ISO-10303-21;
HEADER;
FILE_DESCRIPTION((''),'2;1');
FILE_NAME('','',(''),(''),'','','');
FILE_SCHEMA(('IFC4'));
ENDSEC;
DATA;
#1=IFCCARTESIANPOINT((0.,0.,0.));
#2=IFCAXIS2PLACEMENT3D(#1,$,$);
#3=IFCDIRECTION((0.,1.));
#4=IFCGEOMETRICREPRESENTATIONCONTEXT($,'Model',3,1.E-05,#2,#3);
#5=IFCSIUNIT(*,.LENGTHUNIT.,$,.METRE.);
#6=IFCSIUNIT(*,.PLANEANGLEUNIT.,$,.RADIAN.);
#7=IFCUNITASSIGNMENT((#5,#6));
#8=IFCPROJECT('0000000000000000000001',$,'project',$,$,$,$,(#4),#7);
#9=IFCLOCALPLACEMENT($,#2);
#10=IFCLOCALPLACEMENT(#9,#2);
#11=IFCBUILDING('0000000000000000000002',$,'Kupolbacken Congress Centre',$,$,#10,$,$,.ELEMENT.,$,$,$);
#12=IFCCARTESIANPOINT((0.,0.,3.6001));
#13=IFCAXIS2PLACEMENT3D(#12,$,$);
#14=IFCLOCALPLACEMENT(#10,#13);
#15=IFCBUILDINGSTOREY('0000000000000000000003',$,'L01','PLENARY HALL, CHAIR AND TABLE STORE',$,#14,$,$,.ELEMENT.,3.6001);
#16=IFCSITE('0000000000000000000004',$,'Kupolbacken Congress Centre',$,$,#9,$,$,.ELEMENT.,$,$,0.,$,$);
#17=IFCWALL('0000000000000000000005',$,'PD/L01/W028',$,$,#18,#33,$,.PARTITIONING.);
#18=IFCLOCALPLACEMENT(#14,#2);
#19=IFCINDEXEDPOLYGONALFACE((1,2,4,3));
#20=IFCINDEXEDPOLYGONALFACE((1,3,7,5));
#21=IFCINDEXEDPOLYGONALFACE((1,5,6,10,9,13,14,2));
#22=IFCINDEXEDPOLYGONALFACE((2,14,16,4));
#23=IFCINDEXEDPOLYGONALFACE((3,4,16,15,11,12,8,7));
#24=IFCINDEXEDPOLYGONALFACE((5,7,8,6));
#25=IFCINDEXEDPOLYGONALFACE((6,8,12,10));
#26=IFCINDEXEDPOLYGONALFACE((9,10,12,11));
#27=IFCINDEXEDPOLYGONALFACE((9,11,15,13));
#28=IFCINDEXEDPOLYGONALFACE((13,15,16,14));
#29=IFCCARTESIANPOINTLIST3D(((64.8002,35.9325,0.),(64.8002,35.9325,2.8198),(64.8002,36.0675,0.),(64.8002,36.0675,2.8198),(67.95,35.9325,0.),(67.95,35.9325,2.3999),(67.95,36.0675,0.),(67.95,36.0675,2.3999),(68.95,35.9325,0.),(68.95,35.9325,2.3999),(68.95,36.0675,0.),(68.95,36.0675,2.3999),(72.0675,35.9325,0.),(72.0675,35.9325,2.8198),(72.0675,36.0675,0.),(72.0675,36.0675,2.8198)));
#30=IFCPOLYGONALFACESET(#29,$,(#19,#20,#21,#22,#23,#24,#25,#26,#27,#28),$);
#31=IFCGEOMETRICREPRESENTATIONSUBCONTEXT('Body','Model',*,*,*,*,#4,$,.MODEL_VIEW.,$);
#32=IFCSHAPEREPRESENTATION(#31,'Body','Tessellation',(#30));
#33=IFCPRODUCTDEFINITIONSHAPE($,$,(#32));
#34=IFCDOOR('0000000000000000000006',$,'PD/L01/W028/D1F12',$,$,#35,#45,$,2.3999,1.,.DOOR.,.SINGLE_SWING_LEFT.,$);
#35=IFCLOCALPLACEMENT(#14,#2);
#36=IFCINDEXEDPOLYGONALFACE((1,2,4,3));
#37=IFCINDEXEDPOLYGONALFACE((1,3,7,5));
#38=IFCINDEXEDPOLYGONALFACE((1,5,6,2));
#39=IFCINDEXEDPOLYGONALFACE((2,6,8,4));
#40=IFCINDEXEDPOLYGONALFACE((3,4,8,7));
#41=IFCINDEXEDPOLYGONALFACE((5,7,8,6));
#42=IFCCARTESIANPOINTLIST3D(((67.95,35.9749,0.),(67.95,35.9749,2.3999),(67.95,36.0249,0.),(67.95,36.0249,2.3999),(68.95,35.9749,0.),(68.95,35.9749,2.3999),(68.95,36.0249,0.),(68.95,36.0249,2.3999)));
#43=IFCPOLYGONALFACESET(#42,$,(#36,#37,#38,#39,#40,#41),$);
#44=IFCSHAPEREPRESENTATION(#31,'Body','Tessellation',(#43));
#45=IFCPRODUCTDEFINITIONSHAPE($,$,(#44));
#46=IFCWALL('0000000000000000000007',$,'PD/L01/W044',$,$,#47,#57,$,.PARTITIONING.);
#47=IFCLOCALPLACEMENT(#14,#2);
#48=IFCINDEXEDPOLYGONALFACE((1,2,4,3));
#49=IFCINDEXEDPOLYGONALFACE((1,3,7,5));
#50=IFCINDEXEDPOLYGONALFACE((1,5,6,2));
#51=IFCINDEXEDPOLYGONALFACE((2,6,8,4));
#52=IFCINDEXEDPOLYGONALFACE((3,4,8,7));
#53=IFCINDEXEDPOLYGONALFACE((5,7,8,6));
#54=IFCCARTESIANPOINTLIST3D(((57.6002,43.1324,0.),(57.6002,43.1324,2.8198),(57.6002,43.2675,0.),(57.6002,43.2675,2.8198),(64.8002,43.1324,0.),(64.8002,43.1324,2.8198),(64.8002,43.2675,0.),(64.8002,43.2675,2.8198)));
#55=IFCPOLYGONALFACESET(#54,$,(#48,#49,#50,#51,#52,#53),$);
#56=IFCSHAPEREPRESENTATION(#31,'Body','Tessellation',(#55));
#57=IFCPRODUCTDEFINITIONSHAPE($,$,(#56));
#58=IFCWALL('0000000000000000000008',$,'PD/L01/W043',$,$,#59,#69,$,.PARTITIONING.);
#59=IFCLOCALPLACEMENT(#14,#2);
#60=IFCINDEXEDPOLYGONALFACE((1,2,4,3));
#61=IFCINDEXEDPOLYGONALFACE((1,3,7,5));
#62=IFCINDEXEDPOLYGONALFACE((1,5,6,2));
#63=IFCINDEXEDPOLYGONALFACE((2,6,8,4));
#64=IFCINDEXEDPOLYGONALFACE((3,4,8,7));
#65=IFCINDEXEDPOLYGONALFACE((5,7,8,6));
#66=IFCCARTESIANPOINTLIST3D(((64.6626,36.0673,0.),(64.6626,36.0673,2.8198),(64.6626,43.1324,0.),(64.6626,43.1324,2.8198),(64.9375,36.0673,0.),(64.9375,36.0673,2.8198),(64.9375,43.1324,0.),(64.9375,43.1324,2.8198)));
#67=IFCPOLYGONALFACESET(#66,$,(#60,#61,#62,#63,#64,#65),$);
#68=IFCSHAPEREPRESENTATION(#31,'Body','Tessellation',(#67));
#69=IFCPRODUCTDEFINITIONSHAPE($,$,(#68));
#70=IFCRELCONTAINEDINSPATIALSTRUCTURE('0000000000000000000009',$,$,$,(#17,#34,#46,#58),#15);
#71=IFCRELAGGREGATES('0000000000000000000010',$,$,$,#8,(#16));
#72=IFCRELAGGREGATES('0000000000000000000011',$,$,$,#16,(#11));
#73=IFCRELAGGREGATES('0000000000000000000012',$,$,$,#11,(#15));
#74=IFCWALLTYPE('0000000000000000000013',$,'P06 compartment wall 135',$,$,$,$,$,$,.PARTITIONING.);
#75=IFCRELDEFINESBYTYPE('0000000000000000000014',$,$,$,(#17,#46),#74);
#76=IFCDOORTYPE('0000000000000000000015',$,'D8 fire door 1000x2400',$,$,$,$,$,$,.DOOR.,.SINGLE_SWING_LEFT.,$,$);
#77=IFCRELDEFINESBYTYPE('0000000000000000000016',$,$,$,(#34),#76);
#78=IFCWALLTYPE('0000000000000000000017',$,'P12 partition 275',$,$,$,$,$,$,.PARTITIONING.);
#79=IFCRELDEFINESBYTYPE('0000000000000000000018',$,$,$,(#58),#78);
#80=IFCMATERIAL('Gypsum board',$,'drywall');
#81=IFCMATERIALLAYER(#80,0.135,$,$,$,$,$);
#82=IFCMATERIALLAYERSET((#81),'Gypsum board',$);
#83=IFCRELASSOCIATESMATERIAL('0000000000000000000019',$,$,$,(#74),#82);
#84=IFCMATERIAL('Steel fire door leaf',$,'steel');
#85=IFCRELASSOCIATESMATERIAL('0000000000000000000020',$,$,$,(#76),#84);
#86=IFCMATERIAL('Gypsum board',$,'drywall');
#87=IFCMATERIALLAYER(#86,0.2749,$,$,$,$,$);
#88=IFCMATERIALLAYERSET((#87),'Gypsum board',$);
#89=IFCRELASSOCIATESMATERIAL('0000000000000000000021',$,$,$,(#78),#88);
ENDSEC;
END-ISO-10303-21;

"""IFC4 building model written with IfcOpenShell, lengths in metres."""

from ifc_helpers import new_model, si_unit, direction, frame, frame_2d, origin, place, context, subcontext, project, spatial, rectangle, extrude, material, layer, layer_set, type_object, element, fill, save


model = new_model("IFC4")

# Units and contexts
model_context = context("Model", 3, precision=1e-05, world=origin(), true_north=direction((0.0, 1.0)))
body_context = subcontext(model_context, "Body", "Model", "MODEL_VIEW")
ifc_project = project(units=[si_unit("LENGTHUNIT", "METRE"), si_unit("PLANEANGLEUNIT", "RADIAN")], contexts=[model_context])

# Site, building, storey
site_placement = place(None, origin())
site = spatial("IfcSite", under=ifc_project, at=site_placement, Name="Kupolbacken Congress Centre", CompositionType="ELEMENT", RefElevation=0.0)
building_placement = place(site_placement, origin())
building = spatial("IfcBuilding", under=site, at=building_placement, Name="Kupolbacken Congress Centre", CompositionType="ELEMENT")
storey_placement = place(building_placement, frame((0.0, 0.0, 3.6001)))
storey = spatial("IfcBuildingStorey", under=building, at=storey_placement, Name="L01", Description="PLENARY HALL, CHAIR AND TABLE STORE", CompositionType="ELEMENT", Elevation=3.6001)

# Wall, opening, door
ifc_material_1 = material(Name="Gypsum board", Category="drywall")
ifc_layer_1 = layer(ifc_material_1, 0.135)
ifc_layer_set_1 = layer_set([ifc_layer_1], Name="Gypsum board")
wall_type_1 = type_object("IfcWallType", Name="P06 compartment wall 135", PredefinedType="PARTITIONING", material=ifc_layer_set_1)
wall_1_placement = place(storey_placement, frame((64.8, 36.0, 0.0), z_axis=(0.0, 0.0, 1.0), x_axis=(1.0, 0.0, 0.0)))
wall_1 = element("IfcWall", 1, at=wall_1_placement, inside=storey, type_object=wall_type_1, Name="PD/L01/W028", PredefinedType="PARTITIONING", context=body_context, shape_type="SweptSolid", body=[
    extrude(rectangle(XDim=7.2673, YDim=0.135, at=frame_2d((3.6338, 0.0))), origin(), (0.0, 0.0, 1.0), 2.8198),
])
opening_placement = place(wall_1_placement, frame((3.1499, 0.0, 0.0)))
opening = element("IfcOpeningElement", 2, at=opening_placement, cuts=wall_1, PredefinedType="OPENING", context=body_context, shape_type="SweptSolid", body=[
    extrude(rectangle(XDim=1.0, YDim=2.3999, at=frame_2d((0.5, 1.2))), frame((0.0, 0.0774, 0.0), z_axis=(0.0, -1.0, 0.0), x_axis=(1.0, 0.0, 0.0)), (0.0, 0.0, 1.0), 0.155),
])
ifc_material_2 = material(Name="Steel fire door leaf", Category="steel")
door_type = type_object("IfcDoorType", Name="D8 fire door 1000x2400", OperationType="SINGLE_SWING_LEFT", PredefinedType="DOOR", material=ifc_material_2)
door_placement = place(opening_placement, origin())
door = element("IfcDoor", 3, at=door_placement, inside=storey, type_object=door_type, Name="PD/L01/W028/D1F12", OperationType="SINGLE_SWING_LEFT", OverallHeight=2.3999, OverallWidth=1.0, PredefinedType="DOOR", context=body_context, shape_type="SweptSolid", body=[
    extrude(rectangle(XDim=1.0, YDim=2.3999, at=frame_2d((0.5, 1.2))), frame((0.0, 0.0249, 0.0), z_axis=(0.0, -1.0, 0.0), x_axis=(1.0, 0.0, 0.0)), (0.0, 0.0, 1.0), 0.05),
])
fill(opening, door)

# Walls
wall_2_placement = place(storey_placement, frame((57.6001, 43.2, 0.0), z_axis=(0.0, 0.0, 1.0), x_axis=(1.0, 0.0, 0.0)))
element("IfcWall", 4, at=wall_2_placement, inside=storey, type_object=wall_type_1, Name="PD/L01/W044", PredefinedType="PARTITIONING", context=body_context, shape_type="SweptSolid", body=[
    extrude(rectangle(XDim=7.2, YDim=0.135, at=frame_2d((3.6001, 0.0))), origin(), (0.0, 0.0, 1.0), 2.8198),
])
ifc_material_3 = material(Name="Gypsum board", Category="drywall")
ifc_layer_2 = layer(ifc_material_3, 0.2749)
ifc_layer_set_2 = layer_set([ifc_layer_2], Name="Gypsum board")
wall_type_2 = type_object("IfcWallType", Name="P12 partition 275", PredefinedType="PARTITIONING", material=ifc_layer_set_2)
wall_3_placement = place(storey_placement, frame((64.8, 43.1326, 0.0), z_axis=(0.0, 0.0, 1.0), x_axis=(0.0, -1.0, 0.0)))
element("IfcWall", 5, at=wall_3_placement, inside=storey, type_object=wall_type_2, Name="PD/L01/W043", PredefinedType="PARTITIONING", context=body_context, shape_type="SweptSolid", body=[
    extrude(rectangle(XDim=7.0652, YDim=0.2749, at=frame_2d((3.5327, 0.0))), origin(), (0.0, 0.0, 1.0), 2.8198),
])

save(model, "model.ifc")
